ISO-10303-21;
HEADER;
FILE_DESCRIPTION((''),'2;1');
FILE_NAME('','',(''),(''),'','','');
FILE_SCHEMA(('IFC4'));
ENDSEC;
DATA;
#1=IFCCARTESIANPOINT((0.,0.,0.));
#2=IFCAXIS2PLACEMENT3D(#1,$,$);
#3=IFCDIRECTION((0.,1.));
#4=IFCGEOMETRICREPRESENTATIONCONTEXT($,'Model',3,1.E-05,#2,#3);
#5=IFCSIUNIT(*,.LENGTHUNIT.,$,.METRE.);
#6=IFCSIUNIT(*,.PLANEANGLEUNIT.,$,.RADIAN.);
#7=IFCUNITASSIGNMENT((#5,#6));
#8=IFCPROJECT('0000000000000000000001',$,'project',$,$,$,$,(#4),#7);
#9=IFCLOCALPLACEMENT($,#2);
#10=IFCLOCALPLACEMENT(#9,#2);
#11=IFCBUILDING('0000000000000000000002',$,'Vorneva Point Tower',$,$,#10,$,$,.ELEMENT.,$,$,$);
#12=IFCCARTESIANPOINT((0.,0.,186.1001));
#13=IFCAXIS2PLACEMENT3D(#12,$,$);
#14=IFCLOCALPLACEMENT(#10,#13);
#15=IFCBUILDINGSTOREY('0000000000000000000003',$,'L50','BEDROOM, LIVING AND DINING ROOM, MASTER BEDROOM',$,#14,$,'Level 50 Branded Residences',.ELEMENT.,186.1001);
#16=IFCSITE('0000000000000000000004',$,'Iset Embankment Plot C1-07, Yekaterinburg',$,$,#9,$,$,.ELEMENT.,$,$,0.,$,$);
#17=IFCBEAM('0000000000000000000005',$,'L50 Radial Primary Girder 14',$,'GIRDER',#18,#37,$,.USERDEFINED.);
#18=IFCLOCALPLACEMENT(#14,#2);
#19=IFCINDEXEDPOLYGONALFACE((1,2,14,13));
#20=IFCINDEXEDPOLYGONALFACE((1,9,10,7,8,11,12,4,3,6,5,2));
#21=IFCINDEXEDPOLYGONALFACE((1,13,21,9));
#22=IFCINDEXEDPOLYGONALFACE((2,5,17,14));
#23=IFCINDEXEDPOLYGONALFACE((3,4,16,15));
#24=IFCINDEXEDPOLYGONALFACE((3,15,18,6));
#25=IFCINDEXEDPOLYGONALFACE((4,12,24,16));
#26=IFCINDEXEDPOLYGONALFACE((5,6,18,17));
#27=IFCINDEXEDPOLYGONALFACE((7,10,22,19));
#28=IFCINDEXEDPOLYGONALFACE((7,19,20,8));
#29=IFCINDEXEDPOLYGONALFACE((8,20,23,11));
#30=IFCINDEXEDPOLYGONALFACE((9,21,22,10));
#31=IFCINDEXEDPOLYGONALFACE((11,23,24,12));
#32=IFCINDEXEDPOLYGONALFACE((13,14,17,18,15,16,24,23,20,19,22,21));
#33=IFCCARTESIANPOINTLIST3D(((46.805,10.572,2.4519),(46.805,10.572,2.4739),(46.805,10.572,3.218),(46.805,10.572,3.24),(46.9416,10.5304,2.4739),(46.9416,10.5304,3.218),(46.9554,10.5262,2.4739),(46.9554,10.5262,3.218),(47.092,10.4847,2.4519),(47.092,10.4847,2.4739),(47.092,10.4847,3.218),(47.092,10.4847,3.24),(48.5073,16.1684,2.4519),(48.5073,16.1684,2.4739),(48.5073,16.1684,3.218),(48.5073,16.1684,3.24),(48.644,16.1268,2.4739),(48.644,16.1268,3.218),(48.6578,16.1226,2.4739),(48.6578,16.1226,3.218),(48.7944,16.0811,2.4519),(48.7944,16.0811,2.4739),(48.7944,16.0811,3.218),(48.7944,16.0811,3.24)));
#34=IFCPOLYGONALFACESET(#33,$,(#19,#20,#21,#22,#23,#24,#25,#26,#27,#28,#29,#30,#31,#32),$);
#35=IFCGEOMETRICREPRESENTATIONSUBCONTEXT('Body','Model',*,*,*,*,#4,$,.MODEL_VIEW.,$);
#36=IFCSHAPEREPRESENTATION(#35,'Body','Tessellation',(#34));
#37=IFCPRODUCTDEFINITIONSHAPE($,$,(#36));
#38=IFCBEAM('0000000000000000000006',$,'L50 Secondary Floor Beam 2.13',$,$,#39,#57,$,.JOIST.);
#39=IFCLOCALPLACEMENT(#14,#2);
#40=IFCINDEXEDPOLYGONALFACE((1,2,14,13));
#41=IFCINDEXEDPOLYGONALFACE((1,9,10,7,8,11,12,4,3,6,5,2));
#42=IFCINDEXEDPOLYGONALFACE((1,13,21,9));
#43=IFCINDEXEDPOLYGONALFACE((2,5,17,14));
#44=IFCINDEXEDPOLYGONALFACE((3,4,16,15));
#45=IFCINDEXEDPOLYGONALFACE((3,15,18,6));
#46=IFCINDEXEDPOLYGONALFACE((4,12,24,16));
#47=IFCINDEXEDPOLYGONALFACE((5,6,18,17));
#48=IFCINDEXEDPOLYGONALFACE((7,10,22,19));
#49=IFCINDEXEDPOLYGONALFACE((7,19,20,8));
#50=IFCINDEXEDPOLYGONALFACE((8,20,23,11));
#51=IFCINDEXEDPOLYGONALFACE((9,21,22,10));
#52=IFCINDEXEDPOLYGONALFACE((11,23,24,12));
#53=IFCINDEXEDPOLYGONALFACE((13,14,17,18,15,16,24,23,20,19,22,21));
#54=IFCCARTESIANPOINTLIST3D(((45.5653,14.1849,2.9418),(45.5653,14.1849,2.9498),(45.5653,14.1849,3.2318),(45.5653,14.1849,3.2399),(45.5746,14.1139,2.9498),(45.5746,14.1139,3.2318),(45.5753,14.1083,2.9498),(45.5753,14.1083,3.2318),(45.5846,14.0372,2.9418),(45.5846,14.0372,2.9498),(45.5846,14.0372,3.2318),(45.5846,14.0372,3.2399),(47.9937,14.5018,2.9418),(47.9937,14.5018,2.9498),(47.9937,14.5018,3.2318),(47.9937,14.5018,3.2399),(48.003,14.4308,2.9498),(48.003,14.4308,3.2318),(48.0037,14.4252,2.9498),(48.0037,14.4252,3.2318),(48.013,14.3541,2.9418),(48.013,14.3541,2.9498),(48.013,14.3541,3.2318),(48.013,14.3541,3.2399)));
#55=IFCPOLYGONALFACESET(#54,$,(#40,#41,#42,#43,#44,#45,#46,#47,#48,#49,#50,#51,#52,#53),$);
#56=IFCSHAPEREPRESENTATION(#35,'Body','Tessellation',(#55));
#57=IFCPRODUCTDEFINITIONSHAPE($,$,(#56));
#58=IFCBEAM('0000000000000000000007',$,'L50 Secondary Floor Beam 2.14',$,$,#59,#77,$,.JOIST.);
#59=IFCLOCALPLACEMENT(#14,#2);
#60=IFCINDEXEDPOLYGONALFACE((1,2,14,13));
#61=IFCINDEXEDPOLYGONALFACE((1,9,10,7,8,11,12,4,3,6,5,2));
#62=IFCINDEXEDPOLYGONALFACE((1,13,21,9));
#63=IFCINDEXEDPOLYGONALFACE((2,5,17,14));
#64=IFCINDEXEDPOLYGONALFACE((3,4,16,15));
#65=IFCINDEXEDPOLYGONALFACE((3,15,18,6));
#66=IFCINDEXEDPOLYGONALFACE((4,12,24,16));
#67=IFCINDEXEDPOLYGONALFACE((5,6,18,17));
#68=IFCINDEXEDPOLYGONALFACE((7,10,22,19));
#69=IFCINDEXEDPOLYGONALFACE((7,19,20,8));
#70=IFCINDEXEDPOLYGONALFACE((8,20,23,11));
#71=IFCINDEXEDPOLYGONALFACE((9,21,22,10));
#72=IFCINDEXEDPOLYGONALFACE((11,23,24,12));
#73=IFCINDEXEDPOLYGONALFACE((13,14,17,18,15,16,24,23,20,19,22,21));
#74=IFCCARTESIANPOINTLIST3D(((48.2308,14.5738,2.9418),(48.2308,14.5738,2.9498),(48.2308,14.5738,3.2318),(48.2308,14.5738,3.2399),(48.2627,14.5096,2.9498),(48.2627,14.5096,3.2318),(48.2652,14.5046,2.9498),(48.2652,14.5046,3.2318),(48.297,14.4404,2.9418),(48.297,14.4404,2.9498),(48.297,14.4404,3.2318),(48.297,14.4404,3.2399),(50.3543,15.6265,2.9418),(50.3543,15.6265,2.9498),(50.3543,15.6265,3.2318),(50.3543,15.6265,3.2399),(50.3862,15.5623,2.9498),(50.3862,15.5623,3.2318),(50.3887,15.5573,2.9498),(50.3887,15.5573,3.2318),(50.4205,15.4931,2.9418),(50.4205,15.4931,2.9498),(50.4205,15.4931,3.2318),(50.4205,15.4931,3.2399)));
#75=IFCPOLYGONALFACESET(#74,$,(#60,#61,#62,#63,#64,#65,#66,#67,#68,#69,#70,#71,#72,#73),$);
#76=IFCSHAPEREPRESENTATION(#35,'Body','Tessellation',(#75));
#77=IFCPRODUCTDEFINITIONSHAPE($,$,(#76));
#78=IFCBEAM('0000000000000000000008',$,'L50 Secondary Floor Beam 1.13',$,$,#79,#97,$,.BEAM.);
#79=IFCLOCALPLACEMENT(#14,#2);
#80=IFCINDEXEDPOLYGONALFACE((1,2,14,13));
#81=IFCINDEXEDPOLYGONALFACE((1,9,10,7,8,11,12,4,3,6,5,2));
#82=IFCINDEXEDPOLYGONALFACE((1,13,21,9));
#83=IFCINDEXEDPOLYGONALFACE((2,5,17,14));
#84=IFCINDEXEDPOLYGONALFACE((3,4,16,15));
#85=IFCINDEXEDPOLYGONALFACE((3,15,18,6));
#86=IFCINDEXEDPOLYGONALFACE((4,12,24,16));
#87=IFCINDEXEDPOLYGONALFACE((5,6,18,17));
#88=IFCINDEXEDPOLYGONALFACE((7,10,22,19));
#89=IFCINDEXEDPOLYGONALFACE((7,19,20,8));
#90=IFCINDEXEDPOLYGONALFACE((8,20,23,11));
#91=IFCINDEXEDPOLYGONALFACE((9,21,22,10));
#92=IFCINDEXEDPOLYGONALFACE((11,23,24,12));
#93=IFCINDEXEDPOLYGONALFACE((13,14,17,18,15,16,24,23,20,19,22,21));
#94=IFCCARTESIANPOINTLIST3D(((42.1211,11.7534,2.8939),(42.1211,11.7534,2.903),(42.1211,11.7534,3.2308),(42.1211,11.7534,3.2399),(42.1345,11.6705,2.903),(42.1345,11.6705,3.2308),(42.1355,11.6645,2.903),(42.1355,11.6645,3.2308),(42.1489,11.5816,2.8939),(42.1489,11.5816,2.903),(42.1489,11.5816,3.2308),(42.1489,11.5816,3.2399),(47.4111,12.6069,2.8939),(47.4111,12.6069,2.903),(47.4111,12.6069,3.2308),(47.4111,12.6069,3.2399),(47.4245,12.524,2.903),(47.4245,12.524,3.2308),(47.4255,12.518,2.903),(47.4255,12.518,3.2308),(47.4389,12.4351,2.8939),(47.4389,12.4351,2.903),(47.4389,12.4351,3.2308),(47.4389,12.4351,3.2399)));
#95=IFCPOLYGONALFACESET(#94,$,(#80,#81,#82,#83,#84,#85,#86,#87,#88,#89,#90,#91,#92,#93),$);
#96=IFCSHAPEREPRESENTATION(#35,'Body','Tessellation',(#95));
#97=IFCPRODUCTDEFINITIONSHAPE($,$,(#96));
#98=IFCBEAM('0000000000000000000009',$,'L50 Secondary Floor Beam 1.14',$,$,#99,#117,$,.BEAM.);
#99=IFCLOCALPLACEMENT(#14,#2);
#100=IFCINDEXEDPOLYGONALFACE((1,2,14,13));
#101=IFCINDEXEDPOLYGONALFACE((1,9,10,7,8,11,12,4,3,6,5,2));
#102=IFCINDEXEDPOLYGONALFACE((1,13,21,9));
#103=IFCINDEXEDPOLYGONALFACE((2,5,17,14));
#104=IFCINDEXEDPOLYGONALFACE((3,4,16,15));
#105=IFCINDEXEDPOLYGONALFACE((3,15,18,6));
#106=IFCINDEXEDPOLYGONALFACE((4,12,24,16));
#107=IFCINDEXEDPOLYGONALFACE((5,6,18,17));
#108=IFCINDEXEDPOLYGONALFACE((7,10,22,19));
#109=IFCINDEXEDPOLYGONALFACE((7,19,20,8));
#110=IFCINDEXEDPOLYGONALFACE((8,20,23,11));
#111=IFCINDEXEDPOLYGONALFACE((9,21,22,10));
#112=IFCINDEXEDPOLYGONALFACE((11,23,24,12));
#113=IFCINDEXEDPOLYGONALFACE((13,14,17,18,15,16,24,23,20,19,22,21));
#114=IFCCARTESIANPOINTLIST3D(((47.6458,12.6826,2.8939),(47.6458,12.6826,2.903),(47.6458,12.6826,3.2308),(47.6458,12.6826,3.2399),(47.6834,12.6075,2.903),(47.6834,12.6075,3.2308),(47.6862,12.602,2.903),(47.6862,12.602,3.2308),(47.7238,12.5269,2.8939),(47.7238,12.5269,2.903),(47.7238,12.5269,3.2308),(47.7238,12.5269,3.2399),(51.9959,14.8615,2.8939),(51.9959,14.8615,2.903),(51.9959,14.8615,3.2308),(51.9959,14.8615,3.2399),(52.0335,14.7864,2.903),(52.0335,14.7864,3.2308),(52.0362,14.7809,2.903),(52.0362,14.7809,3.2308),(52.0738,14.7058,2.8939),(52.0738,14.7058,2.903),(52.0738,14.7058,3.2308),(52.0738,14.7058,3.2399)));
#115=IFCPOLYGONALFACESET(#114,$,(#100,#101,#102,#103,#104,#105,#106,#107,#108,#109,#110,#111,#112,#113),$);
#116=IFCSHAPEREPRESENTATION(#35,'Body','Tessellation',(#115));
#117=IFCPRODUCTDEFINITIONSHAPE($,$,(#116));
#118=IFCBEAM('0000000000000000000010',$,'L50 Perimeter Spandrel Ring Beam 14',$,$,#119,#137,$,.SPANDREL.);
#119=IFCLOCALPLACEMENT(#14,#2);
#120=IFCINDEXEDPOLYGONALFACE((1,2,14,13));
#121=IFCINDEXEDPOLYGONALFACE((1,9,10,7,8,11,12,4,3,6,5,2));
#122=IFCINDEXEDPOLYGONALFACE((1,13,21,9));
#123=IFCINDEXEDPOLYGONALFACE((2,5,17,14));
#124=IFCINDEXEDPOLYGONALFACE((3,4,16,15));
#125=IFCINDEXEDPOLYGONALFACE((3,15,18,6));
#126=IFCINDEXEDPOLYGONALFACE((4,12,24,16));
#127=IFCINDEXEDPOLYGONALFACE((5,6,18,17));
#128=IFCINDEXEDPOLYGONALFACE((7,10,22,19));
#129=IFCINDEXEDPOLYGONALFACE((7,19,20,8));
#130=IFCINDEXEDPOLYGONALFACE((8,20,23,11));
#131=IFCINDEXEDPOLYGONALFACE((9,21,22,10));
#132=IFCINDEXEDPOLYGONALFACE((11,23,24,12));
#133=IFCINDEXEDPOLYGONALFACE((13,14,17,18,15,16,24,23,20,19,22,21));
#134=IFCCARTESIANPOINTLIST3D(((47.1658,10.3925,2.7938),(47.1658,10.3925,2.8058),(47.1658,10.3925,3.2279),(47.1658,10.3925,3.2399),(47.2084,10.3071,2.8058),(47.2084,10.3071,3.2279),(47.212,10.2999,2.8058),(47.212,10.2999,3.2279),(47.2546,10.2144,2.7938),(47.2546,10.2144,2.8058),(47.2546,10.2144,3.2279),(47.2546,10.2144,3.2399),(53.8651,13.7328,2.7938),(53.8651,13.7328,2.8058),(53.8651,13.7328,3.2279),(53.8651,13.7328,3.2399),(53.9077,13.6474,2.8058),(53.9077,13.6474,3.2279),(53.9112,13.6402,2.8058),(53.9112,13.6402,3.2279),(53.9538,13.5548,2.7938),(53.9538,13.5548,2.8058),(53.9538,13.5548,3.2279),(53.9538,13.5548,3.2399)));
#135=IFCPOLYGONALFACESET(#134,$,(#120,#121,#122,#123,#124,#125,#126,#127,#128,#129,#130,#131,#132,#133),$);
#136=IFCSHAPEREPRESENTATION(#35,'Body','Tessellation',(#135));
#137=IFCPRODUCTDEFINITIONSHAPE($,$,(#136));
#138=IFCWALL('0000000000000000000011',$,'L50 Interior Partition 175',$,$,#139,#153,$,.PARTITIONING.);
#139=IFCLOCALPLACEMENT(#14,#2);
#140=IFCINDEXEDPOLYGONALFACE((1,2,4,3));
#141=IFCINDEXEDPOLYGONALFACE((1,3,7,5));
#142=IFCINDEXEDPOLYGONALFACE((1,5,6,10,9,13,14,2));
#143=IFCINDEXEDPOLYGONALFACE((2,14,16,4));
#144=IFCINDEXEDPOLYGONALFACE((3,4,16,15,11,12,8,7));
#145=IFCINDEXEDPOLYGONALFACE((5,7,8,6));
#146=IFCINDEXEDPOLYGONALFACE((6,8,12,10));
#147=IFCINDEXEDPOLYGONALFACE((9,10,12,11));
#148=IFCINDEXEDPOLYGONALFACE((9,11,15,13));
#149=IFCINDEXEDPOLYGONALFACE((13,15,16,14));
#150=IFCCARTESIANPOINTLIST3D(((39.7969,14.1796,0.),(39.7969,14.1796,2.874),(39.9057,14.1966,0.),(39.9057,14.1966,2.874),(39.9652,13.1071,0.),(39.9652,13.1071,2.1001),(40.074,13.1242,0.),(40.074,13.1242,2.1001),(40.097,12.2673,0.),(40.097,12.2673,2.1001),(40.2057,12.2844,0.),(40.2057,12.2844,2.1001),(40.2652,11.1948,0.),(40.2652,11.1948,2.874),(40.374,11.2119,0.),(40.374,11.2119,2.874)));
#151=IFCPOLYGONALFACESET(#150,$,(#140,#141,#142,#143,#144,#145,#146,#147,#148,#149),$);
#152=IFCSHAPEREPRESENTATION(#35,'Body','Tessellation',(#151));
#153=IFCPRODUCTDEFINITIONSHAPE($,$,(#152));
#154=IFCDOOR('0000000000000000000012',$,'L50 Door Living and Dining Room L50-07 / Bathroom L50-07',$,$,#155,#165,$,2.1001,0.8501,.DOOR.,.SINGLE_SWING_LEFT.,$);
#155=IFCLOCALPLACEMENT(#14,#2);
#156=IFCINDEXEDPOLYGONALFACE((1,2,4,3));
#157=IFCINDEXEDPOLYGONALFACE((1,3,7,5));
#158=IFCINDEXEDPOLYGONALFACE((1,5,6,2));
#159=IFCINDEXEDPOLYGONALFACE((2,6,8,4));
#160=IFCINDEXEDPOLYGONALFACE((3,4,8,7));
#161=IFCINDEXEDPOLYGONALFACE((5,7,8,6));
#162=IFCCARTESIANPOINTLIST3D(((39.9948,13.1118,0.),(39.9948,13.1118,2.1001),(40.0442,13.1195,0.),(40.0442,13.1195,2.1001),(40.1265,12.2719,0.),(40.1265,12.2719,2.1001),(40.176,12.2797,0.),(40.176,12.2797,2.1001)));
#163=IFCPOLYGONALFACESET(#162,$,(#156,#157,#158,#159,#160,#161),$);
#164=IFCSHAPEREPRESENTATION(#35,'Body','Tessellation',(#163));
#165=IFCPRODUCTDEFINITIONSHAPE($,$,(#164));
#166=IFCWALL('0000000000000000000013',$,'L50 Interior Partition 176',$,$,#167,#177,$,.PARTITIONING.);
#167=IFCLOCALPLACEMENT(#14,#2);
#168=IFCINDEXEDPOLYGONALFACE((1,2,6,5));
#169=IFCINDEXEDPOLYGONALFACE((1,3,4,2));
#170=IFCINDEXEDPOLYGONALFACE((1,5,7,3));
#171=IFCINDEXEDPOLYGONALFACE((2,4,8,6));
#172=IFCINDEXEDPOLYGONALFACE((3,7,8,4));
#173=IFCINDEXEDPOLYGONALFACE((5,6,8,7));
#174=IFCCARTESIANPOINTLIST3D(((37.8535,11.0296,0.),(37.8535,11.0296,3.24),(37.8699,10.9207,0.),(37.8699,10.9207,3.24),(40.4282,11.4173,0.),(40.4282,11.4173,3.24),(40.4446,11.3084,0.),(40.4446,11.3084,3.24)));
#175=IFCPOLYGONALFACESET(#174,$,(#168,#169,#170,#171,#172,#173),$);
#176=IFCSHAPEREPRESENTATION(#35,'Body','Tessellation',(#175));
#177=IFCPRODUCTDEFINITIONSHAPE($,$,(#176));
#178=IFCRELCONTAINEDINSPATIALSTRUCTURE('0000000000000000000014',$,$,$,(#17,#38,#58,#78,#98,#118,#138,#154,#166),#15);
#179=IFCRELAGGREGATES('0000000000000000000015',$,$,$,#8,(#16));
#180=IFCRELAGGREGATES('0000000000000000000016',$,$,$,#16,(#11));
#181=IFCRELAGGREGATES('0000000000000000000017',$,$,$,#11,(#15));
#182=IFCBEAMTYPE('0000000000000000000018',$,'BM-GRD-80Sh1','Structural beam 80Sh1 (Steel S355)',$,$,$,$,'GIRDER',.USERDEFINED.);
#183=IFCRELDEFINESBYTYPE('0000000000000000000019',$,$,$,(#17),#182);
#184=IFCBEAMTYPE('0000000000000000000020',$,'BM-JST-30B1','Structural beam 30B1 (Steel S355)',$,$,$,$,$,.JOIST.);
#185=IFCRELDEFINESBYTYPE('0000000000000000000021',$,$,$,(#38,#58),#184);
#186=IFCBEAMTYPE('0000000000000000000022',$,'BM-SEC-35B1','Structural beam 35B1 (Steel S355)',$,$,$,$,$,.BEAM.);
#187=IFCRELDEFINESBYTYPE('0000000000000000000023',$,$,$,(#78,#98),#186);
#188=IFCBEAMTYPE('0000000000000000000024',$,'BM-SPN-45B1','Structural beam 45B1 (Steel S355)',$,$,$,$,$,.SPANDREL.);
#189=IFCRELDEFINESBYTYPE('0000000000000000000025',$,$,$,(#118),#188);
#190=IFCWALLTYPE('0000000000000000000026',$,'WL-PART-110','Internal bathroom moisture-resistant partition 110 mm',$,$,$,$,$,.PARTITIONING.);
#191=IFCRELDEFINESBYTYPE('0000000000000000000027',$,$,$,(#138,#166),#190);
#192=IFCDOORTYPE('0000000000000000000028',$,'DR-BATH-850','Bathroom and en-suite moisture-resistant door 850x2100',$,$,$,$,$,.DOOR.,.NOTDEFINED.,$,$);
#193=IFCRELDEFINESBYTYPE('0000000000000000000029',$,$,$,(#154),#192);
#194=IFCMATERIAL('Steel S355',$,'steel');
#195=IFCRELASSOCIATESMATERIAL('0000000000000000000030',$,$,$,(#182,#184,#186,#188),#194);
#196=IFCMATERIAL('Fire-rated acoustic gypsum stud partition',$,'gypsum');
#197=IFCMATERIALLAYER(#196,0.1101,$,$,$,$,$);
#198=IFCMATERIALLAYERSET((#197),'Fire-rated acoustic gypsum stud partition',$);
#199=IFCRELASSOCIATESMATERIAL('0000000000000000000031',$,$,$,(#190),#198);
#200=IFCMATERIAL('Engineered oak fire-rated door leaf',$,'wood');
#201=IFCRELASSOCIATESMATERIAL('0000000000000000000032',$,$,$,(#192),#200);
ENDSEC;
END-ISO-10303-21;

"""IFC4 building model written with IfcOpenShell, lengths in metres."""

from ifc_helpers import new_model, si_unit, direction, frame, frame_2d, origin, origin_2d, place, context, subcontext, project, spatial, rectangle, i_section, extrude, material, layer, layer_set, material_profile, profile_set, type_object, element, fill, save


model = new_model("IFC4")

# Units and contexts
model_context = context("Model", 3, precision=1e-05, world=origin(), true_north=direction((0.0, 1.0)))
body_context = subcontext(model_context, "Body", "Model", "MODEL_VIEW")
ifc_project = project(units=[si_unit("LENGTHUNIT", "METRE"), si_unit("PLANEANGLEUNIT", "RADIAN")], contexts=[model_context])

# Site, building, storey
site_placement = place(None, origin())
site = spatial("IfcSite", under=ifc_project, at=site_placement, Name="Iset Embankment Plot C1-07, Yekaterinburg", CompositionType="ELEMENT", RefElevation=0.0)
building_placement = place(site_placement, origin())
building = spatial("IfcBuilding", under=site, at=building_placement, Name="Vorneva Point Tower", CompositionType="ELEMENT")
storey_placement = place(building_placement, frame((0.0, 0.0, 186.1001)))
storey = spatial("IfcBuildingStorey", under=building, at=storey_placement, Name="L50", Description="BEDROOM, LIVING AND DINING ROOM, MASTER BEDROOM", LongName="Level 50 Branded Residences", CompositionType="ELEMENT", Elevation=186.1001)

# Beams
ifc_material_1 = material(Name="Steel S355", Category="steel")
ifc_material_profile_1 = material_profile(ifc_material_1, i_section(OverallWidth=0.3, OverallDepth=0.7881, WebThickness=0.0144, FlangeThickness=0.022, at=origin_2d()), Name="80Sh1")
ifc_profile_set_1 = profile_set([ifc_material_profile_1], Name="Steel S355")
beam_type_1 = type_object("IfcBeamType", Name="BM-GRD-80Sh1", Description="Structural beam 80Sh1 (Steel S355)", ElementType="GIRDER", PredefinedType="USERDEFINED", material=ifc_profile_set_1)
beam_1_placement = place(storey_placement, frame((46.9485, 10.5283, 2.8459), z_axis=(0.291025, 0.956715, 0.0), x_axis=(-0.956715, 0.291025, 0.0)))
element("IfcBeam", 1, at=beam_1_placement, inside=storey, type_object=beam_type_1, Name="L50 Radial Primary Girder 14", ObjectType="GIRDER", PredefinedType="USERDEFINED", context=body_context, shape_type="SweptSolid", body=[
    extrude(i_section(OverallWidth=0.3, OverallDepth=0.7881, WebThickness=0.0144, FlangeThickness=0.022, at=origin_2d()), origin(), (0.0, 0.0, 1.0), 5.8496),
])
ifc_material_profile_2 = material_profile(ifc_material_1, i_section(OverallWidth=0.1489, OverallDepth=0.2981, WebThickness=0.0056, FlangeThickness=0.0081, at=origin_2d()), Name="30B1")
ifc_profile_set_2 = profile_set([ifc_material_profile_2], Name="Steel S355")
beam_type_2 = type_object("IfcBeamType", Name="BM-JST-30B1", Description="Structural beam 30B1 (Steel S355)", PredefinedType="JOIST", material=ifc_profile_set_2)
beam_2_placement = place(storey_placement, frame((45.575, 14.1111, 3.0908), z_axis=(0.991593, 0.129395, 0.0), x_axis=(-0.129395, 0.991593, 0.0)))
element("IfcBeam", 2, at=beam_2_placement, inside=storey, type_object=beam_type_2, Name="L50 Secondary Floor Beam 2.13", PredefinedType="JOIST", context=body_context, shape_type="SweptSolid", body=[
    extrude(i_section(OverallWidth=0.1489, OverallDepth=0.2981, WebThickness=0.0056, FlangeThickness=0.0081, at=origin_2d()), origin(), (0.0, 0.0, 1.0), 2.449),
])
beam_3_placement = place(storey_placement, frame((48.2639, 14.5071, 3.0908), z_axis=(0.895946, 0.444162, 0.0), x_axis=(-0.444162, 0.895946, 0.0)))
element("IfcBeam", 3, at=beam_3_placement, inside=storey, type_object=beam_type_2, Name="L50 Secondary Floor Beam 2.14", PredefinedType="JOIST", context=body_context, shape_type="SweptSolid", body=[
    extrude(i_section(OverallWidth=0.1489, OverallDepth=0.2981, WebThickness=0.0056, FlangeThickness=0.0081, at=origin_2d()), origin(), (0.0, 0.0, 1.0), 2.3701),
])
ifc_material_profile_3 = material_profile(ifc_material_1, i_section(OverallWidth=0.1741, OverallDepth=0.3459, WebThickness=0.0061, FlangeThickness=0.009, at=origin_2d()), Name="35B1")
ifc_profile_set_3 = profile_set([ifc_material_profile_3], Name="Steel S355")
beam_type_3 = type_object("IfcBeamType", Name="BM-SEC-35B1", Description="Structural beam 35B1 (Steel S355)", PredefinedType="BEAM", material=ifc_profile_set_3)
beam_4_placement = place(storey_placement, frame((42.135, 11.6675, 3.0669), z_axis=(0.987233, 0.159284, 0.0), x_axis=(-0.159284, 0.987233, 0.0)))
element("IfcBeam", 4, at=beam_4_placement, inside=storey, type_object=beam_type_3, Name="L50 Secondary Floor Beam 1.13", PredefinedType="BEAM", context=body_context, shape_type="SweptSolid", body=[
    extrude(i_section(OverallWidth=0.1741, OverallDepth=0.3459, WebThickness=0.0061, FlangeThickness=0.009, at=origin_2d()), origin(), (0.0, 0.0, 1.0), 5.3584),
])
beam_5_placement = place(storey_placement, frame((47.6848, 12.6047, 3.0669), z_axis=(0.894106, 0.447856, 0.0), x_axis=(-0.447856, 0.894106, 0.0)))
element("IfcBeam", 5, at=beam_5_placement, inside=storey, type_object=beam_type_3, Name="L50 Secondary Floor Beam 1.14", PredefinedType="BEAM", context=body_context, shape_type="SweptSolid", body=[
    extrude(i_section(OverallWidth=0.1741, OverallDepth=0.3459, WebThickness=0.0061, FlangeThickness=0.009, at=origin_2d()), origin(), (0.0, 0.0, 1.0), 4.8652),
])
ifc_material_profile_4 = material_profile(ifc_material_1, i_section(OverallWidth=0.199, OverallDepth=0.446, WebThickness=0.0081, FlangeThickness=0.012, at=origin_2d()), Name="45B1")
ifc_profile_set_4 = profile_set([ifc_material_profile_4], Name="Steel S355")
beam_type_4 = type_object("IfcBeamType", Name="BM-SPN-45B1", Description="Structural beam 45B1 (Steel S355)", PredefinedType="SPANDREL", material=ifc_profile_set_4)
beam_6_placement = place(storey_placement, frame((47.2102, 10.3035, 3.0168), z_axis=(0.894922, 0.446222, 0.0), x_axis=(-0.446222, 0.894922, 0.0)))
element("IfcBeam", 6, at=beam_6_placement, inside=storey, type_object=beam_type_4, Name="L50 Perimeter Spandrel Ring Beam 14", PredefinedType="SPANDREL", context=body_context, shape_type="SweptSolid", body=[
    extrude(i_section(OverallWidth=0.199, OverallDepth=0.446, WebThickness=0.0081, FlangeThickness=0.012, at=origin_2d()), origin(), (0.0, 0.0, 1.0), 7.4858),
])

# Wall, opening, door
ifc_material_2 = material(Name="Fire-rated acoustic gypsum stud partition", Category="gypsum")
ifc_layer_1 = layer(ifc_material_2, 0.1101)
ifc_layer_set_1 = layer_set([ifc_layer_1], Name="Fire-rated acoustic gypsum stud partition")
wall_type_1 = type_object("IfcWallType", Name="WL-PART-110", Description="Internal bathroom moisture-resistant partition 110 mm", PredefinedType="PARTITIONING", material=ifc_layer_set_1)
wall_1_placement = place(storey_placement, frame((39.8513, 14.1882, 0.0), z_axis=(0.0, 0.0, 1.0), x_axis=(0.154996, -0.987915, 0.0)))
wall_1 = element("IfcWall", 7, at=wall_1_placement, inside=storey, type_object=wall_type_1, Name="L50 Interior Partition 175", PredefinedType="PARTITIONING", context=body_context, shape_type="SweptSolid", body=[
    extrude(rectangle(XDim=3.0212, YDim=0.1101, at=frame_2d((1.5107, 0.0))), origin(), (0.0, 0.0, 1.0), 2.874),
])
opening_1_placement = place(wall_1_placement, frame((1.0857, 0.0, 0.0)))
opening_1 = element("IfcOpeningElement", 8, at=opening_1_placement, cuts=wall_1, PredefinedType="OPENING", context=body_context, shape_type="SweptSolid", body=[
    extrude(rectangle(XDim=0.8501, YDim=2.1001, at=frame_2d((0.425, 1.05))), frame((0.0, 0.0698, 0.0), z_axis=(0.0, -1.0, 0.0), x_axis=(1.0, 0.0, 0.0)), (0.0, 0.0, 1.0), 0.1399),
])
ifc_material_3 = material(Name="Engineered oak fire-rated door leaf", Category="wood")
door_type_1 = type_object("IfcDoorType", Name="DR-BATH-850", Description="Bathroom and en-suite moisture-resistant door 850x2100", OperationType="NOTDEFINED", PredefinedType="DOOR", material=ifc_material_3)
door_1_placement = place(opening_1_placement, origin())
door_1 = element("IfcDoor", 9, at=door_1_placement, inside=storey, type_object=door_type_1, Name="L50 Door Living and Dining Room L50-07 / Bathroom L50-07", OperationType="SINGLE_SWING_LEFT", OverallHeight=2.1001, OverallWidth=0.8501, PredefinedType="DOOR", context=body_context, shape_type="SweptSolid", body=[
    extrude(rectangle(XDim=0.8501, YDim=2.1001, at=frame_2d((0.425, 1.05))), frame((0.0, 0.0249, 0.0), z_axis=(0.0, -1.0, 0.0), x_axis=(1.0, 0.0, 0.0)), (0.0, 0.0, 1.0), 0.05),
])
fill(opening_1, door_1)

# Wall
wall_2_placement = place(storey_placement, frame((40.4363, 11.3628, 0.0), z_axis=(0.0, 0.0, 1.0), x_axis=(-0.988852, -0.1489, 0.0)))
element("IfcWall", 10, at=wall_2_placement, inside=storey, type_object=wall_type_1, Name="L50 Interior Partition 176", PredefinedType="PARTITIONING", context=body_context, shape_type="SweptSolid", body=[
    extrude(rectangle(XDim=2.6038, YDim=0.1101, at=frame_2d((1.3018, 0.0))), origin(), (0.0, 0.0, 1.0), 3.24),
])

save(model, "model.ifc")
